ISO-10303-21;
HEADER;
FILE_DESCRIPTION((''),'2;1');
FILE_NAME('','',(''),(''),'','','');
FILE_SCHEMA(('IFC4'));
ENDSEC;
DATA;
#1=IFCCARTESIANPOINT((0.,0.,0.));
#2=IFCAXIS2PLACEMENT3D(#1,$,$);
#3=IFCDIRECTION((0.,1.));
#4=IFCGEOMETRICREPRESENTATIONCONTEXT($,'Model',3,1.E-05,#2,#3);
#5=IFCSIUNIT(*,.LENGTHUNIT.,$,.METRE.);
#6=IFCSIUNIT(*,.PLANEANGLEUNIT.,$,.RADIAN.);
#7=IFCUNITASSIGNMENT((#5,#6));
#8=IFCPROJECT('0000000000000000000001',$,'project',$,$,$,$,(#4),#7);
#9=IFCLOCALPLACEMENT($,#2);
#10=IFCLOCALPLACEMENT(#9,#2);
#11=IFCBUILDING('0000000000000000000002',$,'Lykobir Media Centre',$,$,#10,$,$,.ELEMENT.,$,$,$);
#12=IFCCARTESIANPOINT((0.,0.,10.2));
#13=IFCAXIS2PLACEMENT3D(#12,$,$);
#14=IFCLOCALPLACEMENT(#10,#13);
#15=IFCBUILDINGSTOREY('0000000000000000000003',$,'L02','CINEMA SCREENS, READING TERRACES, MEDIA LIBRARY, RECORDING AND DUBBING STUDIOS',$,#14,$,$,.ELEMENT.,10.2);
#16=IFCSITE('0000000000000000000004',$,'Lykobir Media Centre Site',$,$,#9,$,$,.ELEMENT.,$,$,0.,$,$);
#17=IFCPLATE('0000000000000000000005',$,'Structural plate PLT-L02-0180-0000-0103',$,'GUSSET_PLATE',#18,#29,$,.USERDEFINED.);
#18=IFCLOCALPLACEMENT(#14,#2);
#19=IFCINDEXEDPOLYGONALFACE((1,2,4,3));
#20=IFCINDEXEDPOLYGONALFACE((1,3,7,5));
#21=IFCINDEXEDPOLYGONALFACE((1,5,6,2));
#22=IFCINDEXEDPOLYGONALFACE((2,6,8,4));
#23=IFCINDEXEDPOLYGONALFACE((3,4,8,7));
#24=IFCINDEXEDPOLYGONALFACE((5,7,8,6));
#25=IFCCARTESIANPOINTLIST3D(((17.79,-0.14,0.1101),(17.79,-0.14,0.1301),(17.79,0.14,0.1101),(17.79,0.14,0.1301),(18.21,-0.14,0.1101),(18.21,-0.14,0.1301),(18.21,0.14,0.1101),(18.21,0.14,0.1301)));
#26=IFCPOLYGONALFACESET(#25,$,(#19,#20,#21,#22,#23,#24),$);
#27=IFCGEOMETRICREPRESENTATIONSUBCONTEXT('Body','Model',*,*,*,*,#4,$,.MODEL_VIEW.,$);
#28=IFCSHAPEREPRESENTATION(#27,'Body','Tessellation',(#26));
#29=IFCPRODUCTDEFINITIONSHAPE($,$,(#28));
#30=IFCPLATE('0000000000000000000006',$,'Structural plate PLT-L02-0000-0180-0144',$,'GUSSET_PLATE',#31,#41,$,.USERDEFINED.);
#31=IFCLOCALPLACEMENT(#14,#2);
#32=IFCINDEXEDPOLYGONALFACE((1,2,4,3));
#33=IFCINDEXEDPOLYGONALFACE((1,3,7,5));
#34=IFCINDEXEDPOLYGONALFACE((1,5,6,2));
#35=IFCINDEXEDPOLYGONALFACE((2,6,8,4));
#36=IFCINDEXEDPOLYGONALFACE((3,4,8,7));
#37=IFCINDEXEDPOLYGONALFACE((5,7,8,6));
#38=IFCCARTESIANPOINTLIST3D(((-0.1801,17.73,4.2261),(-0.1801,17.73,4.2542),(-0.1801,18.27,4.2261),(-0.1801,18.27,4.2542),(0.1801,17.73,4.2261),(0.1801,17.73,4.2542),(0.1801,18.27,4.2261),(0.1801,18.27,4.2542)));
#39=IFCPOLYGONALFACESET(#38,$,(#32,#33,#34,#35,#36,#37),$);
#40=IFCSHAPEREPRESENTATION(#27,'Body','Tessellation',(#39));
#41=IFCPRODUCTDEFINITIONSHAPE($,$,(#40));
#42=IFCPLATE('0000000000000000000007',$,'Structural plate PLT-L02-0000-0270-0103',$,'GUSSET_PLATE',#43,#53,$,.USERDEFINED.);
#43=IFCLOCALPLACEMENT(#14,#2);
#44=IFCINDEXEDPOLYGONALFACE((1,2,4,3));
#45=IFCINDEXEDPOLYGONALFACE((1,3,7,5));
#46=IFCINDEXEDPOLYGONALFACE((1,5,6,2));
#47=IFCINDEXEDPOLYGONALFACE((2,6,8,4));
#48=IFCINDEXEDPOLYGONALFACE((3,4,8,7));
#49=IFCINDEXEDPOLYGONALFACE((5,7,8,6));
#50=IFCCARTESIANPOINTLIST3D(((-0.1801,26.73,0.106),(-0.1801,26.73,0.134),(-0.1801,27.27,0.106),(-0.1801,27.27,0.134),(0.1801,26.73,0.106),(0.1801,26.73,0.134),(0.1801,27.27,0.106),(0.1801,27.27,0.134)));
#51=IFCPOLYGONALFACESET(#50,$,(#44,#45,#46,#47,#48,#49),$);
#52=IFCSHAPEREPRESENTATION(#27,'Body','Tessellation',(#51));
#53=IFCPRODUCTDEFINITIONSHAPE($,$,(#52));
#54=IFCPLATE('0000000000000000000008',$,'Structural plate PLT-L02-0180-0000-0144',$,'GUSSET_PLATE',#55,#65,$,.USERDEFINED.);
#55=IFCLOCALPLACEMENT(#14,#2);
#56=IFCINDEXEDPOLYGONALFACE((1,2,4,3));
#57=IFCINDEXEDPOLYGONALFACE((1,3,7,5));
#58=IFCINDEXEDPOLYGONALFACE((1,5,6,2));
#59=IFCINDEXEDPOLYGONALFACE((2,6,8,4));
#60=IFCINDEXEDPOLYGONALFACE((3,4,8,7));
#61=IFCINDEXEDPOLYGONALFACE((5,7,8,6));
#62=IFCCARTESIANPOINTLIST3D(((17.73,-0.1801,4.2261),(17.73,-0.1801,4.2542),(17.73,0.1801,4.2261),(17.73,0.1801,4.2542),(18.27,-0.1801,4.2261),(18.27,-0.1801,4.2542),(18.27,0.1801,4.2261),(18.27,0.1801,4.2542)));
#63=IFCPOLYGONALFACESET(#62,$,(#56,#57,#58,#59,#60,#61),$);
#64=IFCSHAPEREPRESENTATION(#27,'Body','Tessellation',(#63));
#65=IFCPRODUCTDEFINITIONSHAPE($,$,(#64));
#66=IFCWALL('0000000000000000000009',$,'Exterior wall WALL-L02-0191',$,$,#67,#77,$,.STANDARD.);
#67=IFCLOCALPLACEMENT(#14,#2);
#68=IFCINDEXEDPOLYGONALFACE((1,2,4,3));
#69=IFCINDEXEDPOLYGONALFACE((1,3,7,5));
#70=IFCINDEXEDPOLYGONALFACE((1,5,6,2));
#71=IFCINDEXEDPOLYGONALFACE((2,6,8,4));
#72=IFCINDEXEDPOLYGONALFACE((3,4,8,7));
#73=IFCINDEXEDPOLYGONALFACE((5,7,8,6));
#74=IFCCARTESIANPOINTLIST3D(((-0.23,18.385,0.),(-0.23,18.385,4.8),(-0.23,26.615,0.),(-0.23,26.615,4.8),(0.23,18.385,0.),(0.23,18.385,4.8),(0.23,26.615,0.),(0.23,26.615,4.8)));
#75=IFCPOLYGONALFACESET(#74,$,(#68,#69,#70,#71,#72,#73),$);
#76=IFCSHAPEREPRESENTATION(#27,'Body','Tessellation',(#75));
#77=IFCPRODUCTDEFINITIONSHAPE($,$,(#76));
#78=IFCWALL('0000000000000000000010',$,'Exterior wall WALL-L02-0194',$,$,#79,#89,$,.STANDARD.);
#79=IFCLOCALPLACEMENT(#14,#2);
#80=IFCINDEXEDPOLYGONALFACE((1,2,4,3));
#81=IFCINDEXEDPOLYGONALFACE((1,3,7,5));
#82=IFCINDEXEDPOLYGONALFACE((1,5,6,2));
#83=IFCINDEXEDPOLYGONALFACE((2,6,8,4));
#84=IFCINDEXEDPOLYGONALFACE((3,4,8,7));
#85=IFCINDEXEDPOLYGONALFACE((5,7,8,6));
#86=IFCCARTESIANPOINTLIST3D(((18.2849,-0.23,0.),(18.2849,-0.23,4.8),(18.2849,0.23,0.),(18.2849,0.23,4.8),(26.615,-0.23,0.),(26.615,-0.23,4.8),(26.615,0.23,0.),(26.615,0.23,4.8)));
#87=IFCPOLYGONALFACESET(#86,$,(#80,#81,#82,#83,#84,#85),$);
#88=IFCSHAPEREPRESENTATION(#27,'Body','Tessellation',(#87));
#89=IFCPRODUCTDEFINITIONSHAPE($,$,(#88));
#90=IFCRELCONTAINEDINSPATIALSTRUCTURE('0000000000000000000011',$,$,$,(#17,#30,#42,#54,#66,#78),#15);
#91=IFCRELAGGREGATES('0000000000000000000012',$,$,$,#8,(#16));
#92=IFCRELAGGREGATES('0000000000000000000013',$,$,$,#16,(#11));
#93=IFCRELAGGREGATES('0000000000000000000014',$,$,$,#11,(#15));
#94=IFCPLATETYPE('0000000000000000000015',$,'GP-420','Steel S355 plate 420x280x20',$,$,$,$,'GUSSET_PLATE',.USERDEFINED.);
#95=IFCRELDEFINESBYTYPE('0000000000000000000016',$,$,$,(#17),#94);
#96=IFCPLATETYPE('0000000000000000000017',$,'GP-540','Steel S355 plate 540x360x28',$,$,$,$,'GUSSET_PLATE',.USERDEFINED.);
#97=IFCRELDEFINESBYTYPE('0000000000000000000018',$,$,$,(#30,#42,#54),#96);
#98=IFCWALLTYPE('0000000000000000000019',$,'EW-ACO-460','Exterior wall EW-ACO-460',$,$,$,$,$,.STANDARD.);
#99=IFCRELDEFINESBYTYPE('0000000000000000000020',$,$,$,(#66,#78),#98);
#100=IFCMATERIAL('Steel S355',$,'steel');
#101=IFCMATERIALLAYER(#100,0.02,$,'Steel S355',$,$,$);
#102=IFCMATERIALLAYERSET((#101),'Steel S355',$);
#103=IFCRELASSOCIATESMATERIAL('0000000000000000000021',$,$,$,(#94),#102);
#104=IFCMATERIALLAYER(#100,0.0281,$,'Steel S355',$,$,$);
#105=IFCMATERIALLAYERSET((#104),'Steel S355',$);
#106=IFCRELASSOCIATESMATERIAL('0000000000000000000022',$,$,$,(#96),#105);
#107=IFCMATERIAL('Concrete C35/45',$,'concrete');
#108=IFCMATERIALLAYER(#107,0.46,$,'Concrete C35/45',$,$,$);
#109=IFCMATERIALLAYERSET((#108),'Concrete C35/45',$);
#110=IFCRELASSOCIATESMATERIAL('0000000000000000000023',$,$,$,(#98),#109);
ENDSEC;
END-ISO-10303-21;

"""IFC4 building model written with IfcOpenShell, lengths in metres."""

from ifc_helpers import new_model, si_unit, direction, frame, frame_2d, origin, origin_2d, place, context, subcontext, project, spatial, rectangle, extrude, material, layer, layer_set, type_object, element, save


model = new_model("IFC4")

# Units and contexts
model_context = context("Model", 3, precision=1e-05, world=origin(), true_north=direction((0.0, 1.0)))
body_context = subcontext(model_context, "Body", "Model", "MODEL_VIEW")
ifc_project = project(units=[si_unit("LENGTHUNIT", "METRE"), si_unit("PLANEANGLEUNIT", "RADIAN")], contexts=[model_context])

# Site, building, storey
site_placement = place(None, origin())
site = spatial("IfcSite", under=ifc_project, at=site_placement, Name="Lykobir Media Centre Site", CompositionType="ELEMENT", RefElevation=0.0)
building_placement = place(site_placement, origin())
building = spatial("IfcBuilding", under=site, at=building_placement, Name="Lykobir Media Centre", CompositionType="ELEMENT")
storey_placement = place(building_placement, frame((0.0, 0.0, 10.2)))
storey = spatial("IfcBuildingStorey", under=building, at=storey_placement, Name="L02", Description="CINEMA SCREENS, READING TERRACES, MEDIA LIBRARY, RECORDING AND DUBBING STUDIOS", CompositionType="ELEMENT", Elevation=10.2)

# Shared definitions
ifc_material_1 = material(Name="Steel S355", Category="steel")

# Plates
ifc_layer_1 = layer(ifc_material_1, 0.02, Name="Steel S355")
ifc_layer_set_1 = layer_set([ifc_layer_1], Name="Steel S355")
plate_type_1 = type_object("IfcPlateType", Name="GP-420", Description="Steel S355 plate 420x280x20", ElementType="GUSSET_PLATE", PredefinedType="USERDEFINED", material=ifc_layer_set_1)
for number, where, z_axis, x_axis, name in (
    (1, (18.0, 0.0, 0.1101), (0.0, 0.0, 1.0), (1.0, 0.0, 0.0), "Structural plate PLT-L02-0180-0000-0103"),
):
    element("IfcPlate", number, at=place(storey_placement, frame(where, z_axis=z_axis, x_axis=x_axis)), inside=storey, type_object=plate_type_1, Name=name, ObjectType="GUSSET_PLATE", PredefinedType="USERDEFINED", context=body_context, shape_type="SweptSolid", body=[
        extrude(rectangle(XDim=0.4199, YDim=0.28, at=origin_2d()), origin(), (0.0, 0.0, 1.0), 0.02),
    ])
ifc_layer_2 = layer(ifc_material_1, 0.0281, Name="Steel S355")
ifc_layer_set_2 = layer_set([ifc_layer_2], Name="Steel S355")
plate_type_2 = type_object("IfcPlateType", Name="GP-540", Description="Steel S355 plate 540x360x28", ElementType="GUSSET_PLATE", PredefinedType="USERDEFINED", material=ifc_layer_set_2)
for number, where, z_axis, x_axis, name in (
    (2, (0.0, 18.0, 4.2261), (0.0, 0.0, 1.0), (0.0, 1.0, 0.0), "Structural plate PLT-L02-0000-0180-0144"),
    (3, (0.0, 27.0, 0.106), (0.0, 0.0, 1.0), (0.0, 1.0, 0.0), "Structural plate PLT-L02-0000-0270-0103"),
    (4, (18.0, 0.0, 4.2261), (0.0, 0.0, 1.0), (1.0, 0.0, 0.0), "Structural plate PLT-L02-0180-0000-0144"),
):
    element("IfcPlate", number, at=place(storey_placement, frame(where, z_axis=z_axis, x_axis=x_axis)), inside=storey, type_object=plate_type_2, Name=name, ObjectType="GUSSET_PLATE", PredefinedType="USERDEFINED", context=body_context, shape_type="SweptSolid", body=[
        extrude(rectangle(XDim=0.54, YDim=0.3601, at=origin_2d()), origin(), (0.0, 0.0, 1.0), 0.0281),
    ])

# Walls
ifc_material_2 = material(Name="Concrete C35/45", Category="concrete")
ifc_layer_3 = layer(ifc_material_2, 0.46, Name="Concrete C35/45")
ifc_layer_set_3 = layer_set([ifc_layer_3], Name="Concrete C35/45")
wall_type = type_object("IfcWallType", Name="EW-ACO-460", Description="Exterior wall EW-ACO-460", PredefinedType="STANDARD", material=ifc_layer_set_3)
wall_1_placement = place(storey_placement, frame((0.0, 26.615, 0.0), z_axis=(0.0, 0.0, 1.0), x_axis=(0.0, -1.0, 0.0)))
element("IfcWall", 5, at=wall_1_placement, inside=storey, type_object=wall_type, Name="Exterior wall WALL-L02-0191", PredefinedType="STANDARD", context=body_context, shape_type="SweptSolid", body=[
    extrude(rectangle(XDim=8.23, YDim=0.46, at=frame_2d((4.115, 0.0))), origin(), (0.0, 0.0, 1.0), 4.8),
])
wall_2_placement = place(storey_placement, frame((18.2849, 0.0, 0.0), z_axis=(0.0, 0.0, 1.0), x_axis=(1.0, 0.0, 0.0)))
element("IfcWall", 6, at=wall_2_placement, inside=storey, type_object=wall_type, Name="Exterior wall WALL-L02-0194", PredefinedType="STANDARD", context=body_context, shape_type="SweptSolid", body=[
    extrude(rectangle(XDim=8.3301, YDim=0.46, at=frame_2d((4.165, 0.0))), origin(), (0.0, 0.0, 1.0), 4.8),
])

save(model, "model.ifc")
